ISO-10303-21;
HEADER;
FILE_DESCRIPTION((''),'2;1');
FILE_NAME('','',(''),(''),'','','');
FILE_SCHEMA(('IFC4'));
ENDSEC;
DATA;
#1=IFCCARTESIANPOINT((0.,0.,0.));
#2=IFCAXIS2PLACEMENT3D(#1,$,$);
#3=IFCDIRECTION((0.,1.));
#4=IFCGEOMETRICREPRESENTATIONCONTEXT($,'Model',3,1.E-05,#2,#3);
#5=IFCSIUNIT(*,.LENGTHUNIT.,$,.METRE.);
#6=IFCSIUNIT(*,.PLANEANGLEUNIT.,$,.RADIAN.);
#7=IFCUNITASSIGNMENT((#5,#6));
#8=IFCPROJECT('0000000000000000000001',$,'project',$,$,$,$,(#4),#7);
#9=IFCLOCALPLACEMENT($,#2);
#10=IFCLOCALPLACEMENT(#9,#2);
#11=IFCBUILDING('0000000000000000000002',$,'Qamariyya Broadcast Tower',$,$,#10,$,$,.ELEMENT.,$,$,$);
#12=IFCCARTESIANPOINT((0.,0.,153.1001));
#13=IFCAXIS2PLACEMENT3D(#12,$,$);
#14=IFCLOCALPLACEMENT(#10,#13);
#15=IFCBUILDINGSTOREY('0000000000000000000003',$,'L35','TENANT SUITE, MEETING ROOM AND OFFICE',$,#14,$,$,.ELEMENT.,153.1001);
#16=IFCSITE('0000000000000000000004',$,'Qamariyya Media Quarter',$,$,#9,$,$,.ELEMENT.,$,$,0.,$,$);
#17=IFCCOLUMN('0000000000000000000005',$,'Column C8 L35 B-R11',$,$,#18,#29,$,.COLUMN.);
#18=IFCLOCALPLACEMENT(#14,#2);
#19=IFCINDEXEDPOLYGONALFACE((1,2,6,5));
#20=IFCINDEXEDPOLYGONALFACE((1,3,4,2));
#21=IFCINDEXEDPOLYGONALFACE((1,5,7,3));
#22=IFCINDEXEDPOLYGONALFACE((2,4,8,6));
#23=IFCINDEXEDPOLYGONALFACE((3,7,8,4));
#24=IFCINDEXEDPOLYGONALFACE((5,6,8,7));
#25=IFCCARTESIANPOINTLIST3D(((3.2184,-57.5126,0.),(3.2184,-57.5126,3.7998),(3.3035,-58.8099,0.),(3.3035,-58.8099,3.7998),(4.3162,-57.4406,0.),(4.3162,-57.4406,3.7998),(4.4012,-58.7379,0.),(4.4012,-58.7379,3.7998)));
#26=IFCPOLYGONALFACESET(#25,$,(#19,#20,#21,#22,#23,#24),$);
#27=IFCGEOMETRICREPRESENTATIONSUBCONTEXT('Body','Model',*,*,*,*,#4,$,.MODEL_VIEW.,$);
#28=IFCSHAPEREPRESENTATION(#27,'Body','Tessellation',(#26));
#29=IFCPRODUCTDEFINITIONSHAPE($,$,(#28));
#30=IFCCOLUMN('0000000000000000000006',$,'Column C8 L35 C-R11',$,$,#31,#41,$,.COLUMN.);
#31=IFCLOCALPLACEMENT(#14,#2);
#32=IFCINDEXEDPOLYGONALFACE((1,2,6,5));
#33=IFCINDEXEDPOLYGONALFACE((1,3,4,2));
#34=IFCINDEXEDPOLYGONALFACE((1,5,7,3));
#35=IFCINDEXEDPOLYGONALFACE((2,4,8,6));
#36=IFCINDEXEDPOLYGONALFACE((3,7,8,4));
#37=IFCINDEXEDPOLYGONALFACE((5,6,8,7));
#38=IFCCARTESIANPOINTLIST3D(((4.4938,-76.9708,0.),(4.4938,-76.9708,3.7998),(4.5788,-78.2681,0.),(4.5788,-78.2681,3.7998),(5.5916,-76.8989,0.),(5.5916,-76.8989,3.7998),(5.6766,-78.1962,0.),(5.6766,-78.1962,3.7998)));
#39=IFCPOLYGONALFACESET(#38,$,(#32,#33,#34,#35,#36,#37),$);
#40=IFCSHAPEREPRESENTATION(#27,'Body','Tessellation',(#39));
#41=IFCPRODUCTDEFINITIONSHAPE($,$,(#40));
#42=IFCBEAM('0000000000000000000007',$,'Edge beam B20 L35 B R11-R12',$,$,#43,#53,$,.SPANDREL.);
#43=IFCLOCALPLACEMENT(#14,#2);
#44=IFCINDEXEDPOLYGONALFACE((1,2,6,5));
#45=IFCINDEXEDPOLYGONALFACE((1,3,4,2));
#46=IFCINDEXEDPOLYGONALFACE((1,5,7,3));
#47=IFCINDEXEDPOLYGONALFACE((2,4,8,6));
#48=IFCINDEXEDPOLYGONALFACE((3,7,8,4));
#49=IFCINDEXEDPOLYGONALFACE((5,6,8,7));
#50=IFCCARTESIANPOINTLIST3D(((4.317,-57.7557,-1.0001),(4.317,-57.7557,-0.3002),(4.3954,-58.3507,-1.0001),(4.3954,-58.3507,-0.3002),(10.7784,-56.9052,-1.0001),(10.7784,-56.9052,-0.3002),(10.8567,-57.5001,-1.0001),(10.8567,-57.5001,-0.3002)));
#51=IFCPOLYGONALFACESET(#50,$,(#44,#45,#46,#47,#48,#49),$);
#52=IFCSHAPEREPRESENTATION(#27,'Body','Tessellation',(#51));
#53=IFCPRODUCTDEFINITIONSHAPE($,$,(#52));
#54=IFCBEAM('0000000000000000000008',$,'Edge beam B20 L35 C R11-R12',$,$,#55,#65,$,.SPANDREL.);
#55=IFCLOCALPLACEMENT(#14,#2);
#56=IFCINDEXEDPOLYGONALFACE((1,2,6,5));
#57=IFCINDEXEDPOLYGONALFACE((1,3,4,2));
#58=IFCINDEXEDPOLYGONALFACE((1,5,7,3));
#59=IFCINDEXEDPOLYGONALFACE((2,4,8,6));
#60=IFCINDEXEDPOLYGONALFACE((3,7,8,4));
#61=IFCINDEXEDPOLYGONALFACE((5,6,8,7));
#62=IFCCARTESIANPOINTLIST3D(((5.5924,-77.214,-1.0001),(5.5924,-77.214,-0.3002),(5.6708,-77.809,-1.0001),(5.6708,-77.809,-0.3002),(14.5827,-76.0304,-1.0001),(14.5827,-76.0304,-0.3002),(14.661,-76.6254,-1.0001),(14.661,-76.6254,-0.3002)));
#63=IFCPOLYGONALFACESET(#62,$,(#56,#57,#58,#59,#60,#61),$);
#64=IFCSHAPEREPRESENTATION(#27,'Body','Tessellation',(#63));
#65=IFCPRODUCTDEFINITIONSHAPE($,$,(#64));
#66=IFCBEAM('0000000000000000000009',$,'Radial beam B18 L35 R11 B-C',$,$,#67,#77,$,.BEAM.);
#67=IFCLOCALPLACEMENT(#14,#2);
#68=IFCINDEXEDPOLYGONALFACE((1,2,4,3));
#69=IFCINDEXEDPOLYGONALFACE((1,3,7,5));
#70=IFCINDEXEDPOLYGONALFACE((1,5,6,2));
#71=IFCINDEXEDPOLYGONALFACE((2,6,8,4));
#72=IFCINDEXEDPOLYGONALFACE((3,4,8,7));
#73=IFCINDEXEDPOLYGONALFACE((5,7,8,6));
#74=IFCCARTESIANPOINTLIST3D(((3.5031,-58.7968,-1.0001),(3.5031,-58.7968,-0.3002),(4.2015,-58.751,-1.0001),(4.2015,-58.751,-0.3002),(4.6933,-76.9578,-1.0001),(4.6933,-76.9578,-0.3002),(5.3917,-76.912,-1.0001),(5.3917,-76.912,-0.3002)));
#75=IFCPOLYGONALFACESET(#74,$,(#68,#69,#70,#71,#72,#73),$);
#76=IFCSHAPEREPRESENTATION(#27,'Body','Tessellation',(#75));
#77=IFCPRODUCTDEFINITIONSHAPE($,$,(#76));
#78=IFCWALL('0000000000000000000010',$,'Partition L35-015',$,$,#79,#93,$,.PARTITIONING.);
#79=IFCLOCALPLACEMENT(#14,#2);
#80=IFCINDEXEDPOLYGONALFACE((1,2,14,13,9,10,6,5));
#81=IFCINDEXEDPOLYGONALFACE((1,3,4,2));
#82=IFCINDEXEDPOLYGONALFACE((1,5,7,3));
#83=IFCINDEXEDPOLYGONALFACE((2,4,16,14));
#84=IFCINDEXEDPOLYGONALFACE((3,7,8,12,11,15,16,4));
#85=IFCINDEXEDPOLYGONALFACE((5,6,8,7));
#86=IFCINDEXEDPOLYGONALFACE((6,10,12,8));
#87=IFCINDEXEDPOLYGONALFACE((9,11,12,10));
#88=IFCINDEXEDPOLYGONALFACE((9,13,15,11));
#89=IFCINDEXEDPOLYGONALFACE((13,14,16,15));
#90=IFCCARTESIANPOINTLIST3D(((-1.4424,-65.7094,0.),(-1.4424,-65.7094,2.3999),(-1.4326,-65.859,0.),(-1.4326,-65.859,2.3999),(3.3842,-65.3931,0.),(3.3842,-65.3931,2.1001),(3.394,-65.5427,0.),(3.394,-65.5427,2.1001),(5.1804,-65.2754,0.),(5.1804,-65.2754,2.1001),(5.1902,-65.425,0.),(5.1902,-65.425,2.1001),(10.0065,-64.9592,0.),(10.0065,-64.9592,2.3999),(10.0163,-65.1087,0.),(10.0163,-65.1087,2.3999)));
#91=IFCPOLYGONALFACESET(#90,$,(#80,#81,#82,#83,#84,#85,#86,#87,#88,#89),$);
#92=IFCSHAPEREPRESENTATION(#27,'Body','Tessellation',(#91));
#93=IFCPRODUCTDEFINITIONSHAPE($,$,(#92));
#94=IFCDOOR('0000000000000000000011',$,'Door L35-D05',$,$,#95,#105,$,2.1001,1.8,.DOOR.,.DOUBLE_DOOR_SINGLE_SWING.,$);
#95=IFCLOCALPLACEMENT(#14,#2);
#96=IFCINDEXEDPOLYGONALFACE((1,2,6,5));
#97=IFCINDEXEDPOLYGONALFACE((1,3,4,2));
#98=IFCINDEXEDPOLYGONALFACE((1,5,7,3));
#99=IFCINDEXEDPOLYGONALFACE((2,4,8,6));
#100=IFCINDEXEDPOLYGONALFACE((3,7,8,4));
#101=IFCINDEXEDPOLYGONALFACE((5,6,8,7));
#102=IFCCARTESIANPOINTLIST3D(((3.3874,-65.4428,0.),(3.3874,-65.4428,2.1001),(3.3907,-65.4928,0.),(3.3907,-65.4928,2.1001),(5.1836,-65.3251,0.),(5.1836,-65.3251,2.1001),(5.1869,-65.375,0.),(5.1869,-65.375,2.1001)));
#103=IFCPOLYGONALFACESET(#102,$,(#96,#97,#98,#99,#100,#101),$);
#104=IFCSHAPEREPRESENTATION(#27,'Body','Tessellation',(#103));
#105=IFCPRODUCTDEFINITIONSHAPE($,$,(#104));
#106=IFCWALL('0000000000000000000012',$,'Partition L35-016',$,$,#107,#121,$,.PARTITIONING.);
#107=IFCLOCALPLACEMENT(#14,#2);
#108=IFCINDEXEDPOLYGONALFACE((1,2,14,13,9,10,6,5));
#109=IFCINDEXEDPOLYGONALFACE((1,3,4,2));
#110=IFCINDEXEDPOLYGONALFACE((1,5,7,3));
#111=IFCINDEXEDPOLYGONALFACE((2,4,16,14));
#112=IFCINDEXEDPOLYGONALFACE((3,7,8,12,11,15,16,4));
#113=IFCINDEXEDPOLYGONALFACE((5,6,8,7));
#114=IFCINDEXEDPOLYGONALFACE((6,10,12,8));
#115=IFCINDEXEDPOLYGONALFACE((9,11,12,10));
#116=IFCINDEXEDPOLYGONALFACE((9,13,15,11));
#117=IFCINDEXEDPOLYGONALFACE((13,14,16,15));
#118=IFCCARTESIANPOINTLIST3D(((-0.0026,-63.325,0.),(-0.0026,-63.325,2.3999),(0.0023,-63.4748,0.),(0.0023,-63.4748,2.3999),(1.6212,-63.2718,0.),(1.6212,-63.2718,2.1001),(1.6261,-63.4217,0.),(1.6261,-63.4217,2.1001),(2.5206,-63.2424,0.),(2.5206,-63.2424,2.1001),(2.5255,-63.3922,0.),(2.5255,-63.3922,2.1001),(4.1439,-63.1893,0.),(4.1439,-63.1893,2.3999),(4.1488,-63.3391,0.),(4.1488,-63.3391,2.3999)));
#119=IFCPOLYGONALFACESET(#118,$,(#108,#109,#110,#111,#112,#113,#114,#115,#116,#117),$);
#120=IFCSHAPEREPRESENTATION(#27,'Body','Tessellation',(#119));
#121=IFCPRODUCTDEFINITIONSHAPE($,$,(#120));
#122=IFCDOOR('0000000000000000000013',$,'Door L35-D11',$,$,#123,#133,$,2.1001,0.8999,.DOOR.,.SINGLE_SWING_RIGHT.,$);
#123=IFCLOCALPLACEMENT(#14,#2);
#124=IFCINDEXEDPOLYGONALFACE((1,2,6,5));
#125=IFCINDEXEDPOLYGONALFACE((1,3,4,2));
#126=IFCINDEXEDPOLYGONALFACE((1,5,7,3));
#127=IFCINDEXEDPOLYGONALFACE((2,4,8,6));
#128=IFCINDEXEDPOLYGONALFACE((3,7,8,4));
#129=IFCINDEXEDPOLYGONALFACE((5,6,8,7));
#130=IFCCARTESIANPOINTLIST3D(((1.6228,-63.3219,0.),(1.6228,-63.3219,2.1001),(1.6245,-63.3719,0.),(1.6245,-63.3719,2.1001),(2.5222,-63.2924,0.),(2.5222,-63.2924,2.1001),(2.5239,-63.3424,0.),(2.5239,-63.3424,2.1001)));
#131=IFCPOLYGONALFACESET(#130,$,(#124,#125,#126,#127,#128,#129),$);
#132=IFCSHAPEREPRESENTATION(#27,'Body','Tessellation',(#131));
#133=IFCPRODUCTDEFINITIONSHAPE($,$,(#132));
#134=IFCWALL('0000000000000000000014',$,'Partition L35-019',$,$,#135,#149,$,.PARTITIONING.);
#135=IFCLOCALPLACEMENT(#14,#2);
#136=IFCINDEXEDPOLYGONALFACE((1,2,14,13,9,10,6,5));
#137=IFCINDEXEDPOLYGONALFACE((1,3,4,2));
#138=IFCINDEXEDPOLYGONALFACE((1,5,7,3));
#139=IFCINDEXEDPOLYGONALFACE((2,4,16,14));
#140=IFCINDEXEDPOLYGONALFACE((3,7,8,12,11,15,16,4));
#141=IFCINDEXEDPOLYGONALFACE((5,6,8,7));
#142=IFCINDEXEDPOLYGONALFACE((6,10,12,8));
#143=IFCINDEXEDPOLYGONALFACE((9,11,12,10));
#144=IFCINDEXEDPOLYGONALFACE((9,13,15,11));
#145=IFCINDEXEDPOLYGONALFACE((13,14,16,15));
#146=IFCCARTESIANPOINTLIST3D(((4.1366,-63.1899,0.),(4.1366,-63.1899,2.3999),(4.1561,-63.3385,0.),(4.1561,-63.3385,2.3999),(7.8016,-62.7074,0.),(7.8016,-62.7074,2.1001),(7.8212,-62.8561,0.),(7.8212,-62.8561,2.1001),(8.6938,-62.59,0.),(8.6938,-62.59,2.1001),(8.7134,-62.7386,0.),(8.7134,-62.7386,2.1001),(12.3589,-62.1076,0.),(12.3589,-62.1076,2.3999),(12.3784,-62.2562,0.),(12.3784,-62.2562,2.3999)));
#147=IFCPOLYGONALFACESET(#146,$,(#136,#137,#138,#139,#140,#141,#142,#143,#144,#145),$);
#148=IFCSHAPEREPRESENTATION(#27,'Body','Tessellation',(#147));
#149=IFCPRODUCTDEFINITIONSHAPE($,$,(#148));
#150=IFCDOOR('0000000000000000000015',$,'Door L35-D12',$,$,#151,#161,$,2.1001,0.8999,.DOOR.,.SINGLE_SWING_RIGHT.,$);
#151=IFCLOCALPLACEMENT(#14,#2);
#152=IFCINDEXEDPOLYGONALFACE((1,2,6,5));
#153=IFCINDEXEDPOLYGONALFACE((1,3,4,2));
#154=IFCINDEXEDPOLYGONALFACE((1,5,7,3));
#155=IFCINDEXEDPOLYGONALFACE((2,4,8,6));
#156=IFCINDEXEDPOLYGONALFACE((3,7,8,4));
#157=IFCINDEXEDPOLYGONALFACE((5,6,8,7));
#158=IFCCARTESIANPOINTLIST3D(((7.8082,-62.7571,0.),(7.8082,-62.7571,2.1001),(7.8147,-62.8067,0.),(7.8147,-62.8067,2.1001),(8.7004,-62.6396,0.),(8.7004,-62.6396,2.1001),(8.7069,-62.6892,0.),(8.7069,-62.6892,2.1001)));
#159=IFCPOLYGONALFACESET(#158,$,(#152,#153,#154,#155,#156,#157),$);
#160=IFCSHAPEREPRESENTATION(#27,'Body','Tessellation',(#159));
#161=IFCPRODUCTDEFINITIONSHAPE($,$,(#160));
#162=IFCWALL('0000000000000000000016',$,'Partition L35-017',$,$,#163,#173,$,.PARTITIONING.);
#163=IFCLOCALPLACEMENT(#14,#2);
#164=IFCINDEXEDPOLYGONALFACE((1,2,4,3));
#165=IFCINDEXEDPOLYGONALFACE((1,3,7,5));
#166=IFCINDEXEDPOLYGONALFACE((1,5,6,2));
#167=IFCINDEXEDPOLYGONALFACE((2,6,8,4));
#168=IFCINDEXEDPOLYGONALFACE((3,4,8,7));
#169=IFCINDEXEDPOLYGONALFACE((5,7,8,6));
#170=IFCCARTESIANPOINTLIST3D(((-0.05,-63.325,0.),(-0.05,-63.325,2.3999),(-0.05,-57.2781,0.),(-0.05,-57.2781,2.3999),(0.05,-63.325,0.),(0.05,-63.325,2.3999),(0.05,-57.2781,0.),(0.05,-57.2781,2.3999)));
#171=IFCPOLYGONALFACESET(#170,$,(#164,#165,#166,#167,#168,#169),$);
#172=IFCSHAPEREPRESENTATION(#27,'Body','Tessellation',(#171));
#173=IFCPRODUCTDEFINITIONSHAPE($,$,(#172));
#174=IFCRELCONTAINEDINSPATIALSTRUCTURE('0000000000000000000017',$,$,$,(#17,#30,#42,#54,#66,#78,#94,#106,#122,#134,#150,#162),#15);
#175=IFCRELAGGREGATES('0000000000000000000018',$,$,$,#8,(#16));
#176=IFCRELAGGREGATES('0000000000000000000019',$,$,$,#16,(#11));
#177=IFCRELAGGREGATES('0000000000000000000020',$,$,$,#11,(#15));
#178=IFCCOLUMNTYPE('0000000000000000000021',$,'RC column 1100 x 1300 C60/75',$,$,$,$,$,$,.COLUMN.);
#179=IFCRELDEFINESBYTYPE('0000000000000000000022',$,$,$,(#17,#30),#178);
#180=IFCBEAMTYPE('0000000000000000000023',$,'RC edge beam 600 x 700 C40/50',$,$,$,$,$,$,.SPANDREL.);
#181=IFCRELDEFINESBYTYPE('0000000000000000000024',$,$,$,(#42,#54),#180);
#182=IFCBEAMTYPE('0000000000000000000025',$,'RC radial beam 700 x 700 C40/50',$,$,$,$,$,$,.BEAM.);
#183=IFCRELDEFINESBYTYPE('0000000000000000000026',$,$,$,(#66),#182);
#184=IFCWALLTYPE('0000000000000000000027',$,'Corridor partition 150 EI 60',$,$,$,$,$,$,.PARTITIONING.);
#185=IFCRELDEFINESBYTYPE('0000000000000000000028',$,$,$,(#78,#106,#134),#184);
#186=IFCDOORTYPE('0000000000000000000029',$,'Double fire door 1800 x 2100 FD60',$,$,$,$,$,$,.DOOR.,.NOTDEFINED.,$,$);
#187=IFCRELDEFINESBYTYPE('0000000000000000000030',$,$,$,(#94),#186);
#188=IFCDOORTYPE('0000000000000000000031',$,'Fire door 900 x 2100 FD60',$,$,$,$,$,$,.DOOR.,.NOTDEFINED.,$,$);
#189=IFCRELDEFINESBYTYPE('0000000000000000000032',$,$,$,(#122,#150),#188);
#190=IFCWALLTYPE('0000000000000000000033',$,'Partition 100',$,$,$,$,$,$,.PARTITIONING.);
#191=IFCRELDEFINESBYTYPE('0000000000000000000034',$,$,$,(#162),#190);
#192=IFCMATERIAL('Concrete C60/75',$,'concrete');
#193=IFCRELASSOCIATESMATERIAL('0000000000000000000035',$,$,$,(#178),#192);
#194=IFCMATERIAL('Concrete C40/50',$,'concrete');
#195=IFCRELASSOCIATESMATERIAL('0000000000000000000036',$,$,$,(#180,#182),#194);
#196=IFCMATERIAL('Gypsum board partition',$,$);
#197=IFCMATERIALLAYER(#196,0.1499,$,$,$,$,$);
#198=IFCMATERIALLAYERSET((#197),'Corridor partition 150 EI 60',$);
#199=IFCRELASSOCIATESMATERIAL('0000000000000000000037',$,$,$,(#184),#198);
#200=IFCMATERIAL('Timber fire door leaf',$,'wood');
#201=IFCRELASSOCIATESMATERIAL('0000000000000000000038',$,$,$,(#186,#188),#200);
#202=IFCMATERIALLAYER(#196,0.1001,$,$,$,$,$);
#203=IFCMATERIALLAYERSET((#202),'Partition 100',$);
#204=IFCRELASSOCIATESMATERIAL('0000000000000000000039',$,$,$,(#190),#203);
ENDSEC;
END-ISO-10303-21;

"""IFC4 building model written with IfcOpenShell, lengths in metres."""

from ifc_helpers import new_model, si_unit, direction, frame, frame_2d, origin, origin_2d, place, context, subcontext, project, spatial, rectangle, extrude, material, layer, layer_set, material_profile, profile_set, type_object, element, fill, save


model = new_model("IFC4")

# Units and contexts
model_context = context("Model", 3, precision=1e-05, world=origin(), true_north=direction((0.0, 1.0)))
body_context = subcontext(model_context, "Body", "Model", "MODEL_VIEW")
ifc_project = project(units=[si_unit("LENGTHUNIT", "METRE"), si_unit("PLANEANGLEUNIT", "RADIAN")], contexts=[model_context])

# Site, building, storey
site_placement = place(None, origin())
site = spatial("IfcSite", under=ifc_project, at=site_placement, Name="Qamariyya Media Quarter", CompositionType="ELEMENT", RefElevation=0.0)
building_placement = place(site_placement, origin())
building = spatial("IfcBuilding", under=site, at=building_placement, Name="Qamariyya Broadcast Tower", CompositionType="ELEMENT")
storey_placement = place(building_placement, frame((0.0, 0.0, 153.1001)))
storey = spatial("IfcBuildingStorey", under=building, at=storey_placement, Name="L35", Description="TENANT SUITE, MEETING ROOM AND OFFICE", CompositionType="ELEMENT", Elevation=153.1001)

# Columns
ifc_material_1 = material(Name="Concrete C60/75", Category="concrete")
ifc_material_profile_1 = material_profile(ifc_material_1, rectangle(XDim=1.1001, YDim=1.3, at=origin_2d()))
ifc_profile_set_1 = profile_set([ifc_material_profile_1], Name="Concrete C60/75")
column_type = type_object("IfcColumnType", Name="RC column 1100 x 1300 C60/75", PredefinedType="COLUMN", material=ifc_profile_set_1)
for number, where, z_axis, x_axis, name in (
    (1, (3.8098, -58.1252, 0.0), (0.0, 0.0, 1.0), (0.997859, 0.065403, 0.0), "Column C8 L35 B-R11"),
    (2, (5.0852, -77.5835, 0.0), (0.0, 0.0, 1.0), (0.997859, 0.065403, 0.0), "Column C8 L35 C-R11"),
):
    element("IfcColumn", number, at=place(storey_placement, frame(where, z_axis=z_axis, x_axis=x_axis)), inside=storey, type_object=column_type, Name=name, PredefinedType="COLUMN", context=body_context, shape_type="SweptSolid", body=[
        extrude(rectangle(XDim=1.1001, YDim=1.3, at=origin_2d()), origin(), (0.0, 0.0, 1.0), 3.7998),
    ])

# Beams
ifc_material_2 = material(Name="Concrete C40/50", Category="concrete")
ifc_material_profile_2 = material_profile(ifc_material_2, rectangle(XDim=0.6001, YDim=0.7, at=origin_2d()))
ifc_profile_set_2 = profile_set([ifc_material_profile_2], Name="Concrete C40/50")
beam_type_1 = type_object("IfcBeamType", Name="RC edge beam 600 x 700 C40/50", PredefinedType="SPANDREL", material=ifc_profile_set_2)
beam_1_placement = place(storey_placement, frame((4.3562, -58.0532, -0.6501), z_axis=(0.991446, 0.130515, 0.0), x_axis=(-0.130515, 0.991446, 0.0)))
element("IfcBeam", 3, at=beam_1_placement, inside=storey, type_object=beam_type_1, Name="Edge beam B20 L35 B R11-R12", PredefinedType="SPANDREL", context=body_context, shape_type="SweptSolid", body=[
    extrude(rectangle(XDim=0.6001, YDim=0.7, at=origin_2d()), origin(), (0.0, 0.0, 1.0), 6.5171),
])
beam_2_placement = place(storey_placement, frame((5.6316, -77.5115, -0.6501), z_axis=(0.991445, 0.130527, 0.0), x_axis=(-0.130527, 0.991445, 0.0)))
element("IfcBeam", 4, at=beam_2_placement, inside=storey, type_object=beam_type_1, Name="Edge beam B20 L35 C R11-R12", PredefinedType="SPANDREL", context=body_context, shape_type="SweptSolid", body=[
    extrude(rectangle(XDim=0.6001, YDim=0.7, at=origin_2d()), origin(), (0.0, 0.0, 1.0), 9.0679),
])
ifc_material_profile_3 = material_profile(ifc_material_2, rectangle(XDim=0.7, YDim=0.7, at=origin_2d()))
ifc_profile_set_3 = profile_set([ifc_material_profile_3], Name="Concrete C40/50")
beam_type_2 = type_object("IfcBeamType", Name="RC radial beam 700 x 700 C40/50", PredefinedType="BEAM", material=ifc_profile_set_3)
beam_3_placement = place(storey_placement, frame((3.8523, -58.7739, -0.6501), z_axis=(0.065395, -0.997859, 0.0), x_axis=(0.997859, 0.065395, 0.0)))
element("IfcBeam", 5, at=beam_3_placement, inside=storey, type_object=beam_type_2, Name="Radial beam B18 L35 R11 B-C", PredefinedType="BEAM", context=body_context, shape_type="SweptSolid", body=[
    extrude(rectangle(XDim=0.7, YDim=0.7, at=origin_2d()), origin(), (0.0, 0.0, 1.0), 18.2),
])

# Walls, openings, doors
ifc_material_3 = material(Name="Gypsum board partition")
ifc_layer_1 = layer(ifc_material_3, 0.1499)
ifc_layer_set_1 = layer_set([ifc_layer_1], Name="Corridor partition 150 EI 60")
wall_type_1 = type_object("IfcWallType", Name="Corridor partition 150 EI 60", PredefinedType="PARTITIONING", material=ifc_layer_set_1)
wall_1_placement = place(storey_placement, frame((10.0115, -65.0339, 0.0), z_axis=(0.0, 0.0, 1.0), x_axis=(-0.99786, -0.065391, 0.0)))
wall_1 = element("IfcWall", 6, at=wall_1_placement, inside=storey, type_object=wall_type_1, Name="Partition L35-015", PredefinedType="PARTITIONING", context=body_context, shape_type="SweptSolid", body=[
    extrude(rectangle(XDim=11.4734, YDim=0.1499, at=frame_2d((5.7368, 0.0))), origin(), (0.0, 0.0, 1.0), 2.3999),
])
opening_1_placement = place(wall_1_placement, frame((4.8367, 0.0, 0.0)))
opening_1 = element("IfcOpeningElement", 7, at=opening_1_placement, cuts=wall_1, PredefinedType="OPENING", context=body_context, shape_type="SweptSolid", body=[
    extrude(rectangle(XDim=1.8, YDim=2.1001, at=frame_2d((0.8999, 1.05))), frame((0.0, 0.085, 0.0), z_axis=(0.0, -1.0, 0.0), x_axis=(1.0, 0.0, 0.0)), (0.0, 0.0, 1.0), 0.1699),
])
ifc_material_4 = material(Name="Timber fire door leaf", Category="wood")
door_type_1 = type_object("IfcDoorType", Name="Double fire door 1800 x 2100 FD60", OperationType="NOTDEFINED", PredefinedType="DOOR", material=ifc_material_4)
door_1_placement = place(opening_1_placement, origin())
door_1 = element("IfcDoor", 8, at=door_1_placement, inside=storey, type_object=door_type_1, Name="Door L35-D05", OperationType="DOUBLE_DOOR_SINGLE_SWING", OverallHeight=2.1001, OverallWidth=1.8, PredefinedType="DOOR", context=body_context, shape_type="SweptSolid", body=[
    extrude(rectangle(XDim=1.8, YDim=2.1001, at=frame_2d((0.8999, 1.05))), frame((0.0, 0.0249, 0.0), z_axis=(0.0, -1.0, 0.0), x_axis=(1.0, 0.0, 0.0)), (0.0, 0.0, 1.0), 0.05),
])
fill(opening_1, door_1)
wall_2_placement = place(storey_placement, frame((0.0, -63.3999, 0.0), z_axis=(0.0, 0.0, 1.0), x_axis=(0.999465, 0.032719, 0.0)))
wall_2 = element("IfcWall", 9, at=wall_2_placement, inside=storey, type_object=wall_type_1, Name="Partition L35-016", PredefinedType="PARTITIONING", context=body_context, shape_type="SweptSolid", body=[
    extrude(rectangle(XDim=4.1487, YDim=0.1499, at=frame_2d((2.0742, 0.0))), origin(), (0.0, 0.0, 1.0), 2.3999),
])
opening_2_placement = place(wall_2_placement, frame((1.6245, 0.0, 0.0)))
opening_2 = element("IfcOpeningElement", 10, at=opening_2_placement, cuts=wall_2, PredefinedType="OPENING", context=body_context, shape_type="SweptSolid", body=[
    extrude(rectangle(XDim=0.8999, YDim=2.1001, at=frame_2d((0.45, 1.05))), frame((0.0, 0.085, 0.0), z_axis=(0.0, -1.0, 0.0), x_axis=(1.0, 0.0, 0.0)), (0.0, 0.0, 1.0), 0.1699),
])
door_type_2 = type_object("IfcDoorType", Name="Fire door 900 x 2100 FD60", OperationType="NOTDEFINED", PredefinedType="DOOR", material=ifc_material_4)
door_2_placement = place(opening_2_placement, origin())
door_2 = element("IfcDoor", 11, at=door_2_placement, inside=storey, type_object=door_type_2, Name="Door L35-D11", OperationType="SINGLE_SWING_RIGHT", OverallHeight=2.1001, OverallWidth=0.8999, PredefinedType="DOOR", context=body_context, shape_type="SweptSolid", body=[
    extrude(rectangle(XDim=0.8999, YDim=2.1001, at=frame_2d((0.45, 1.05))), frame((0.0, 0.0249, 0.0), z_axis=(0.0, -1.0, 0.0), x_axis=(1.0, 0.0, 0.0)), (0.0, 0.0, 1.0), 0.05),
])
fill(opening_2, door_2)
wall_3_placement = place(storey_placement, frame((4.1465, -63.2642, 0.0), z_axis=(0.0, 0.0, 1.0), x_axis=(0.991448, 0.130503, 0.0)))
wall_3 = element("IfcWall", 12, at=wall_3_placement, inside=storey, type_object=wall_type_1, Name="Partition L35-019", PredefinedType="PARTITIONING", context=body_context, shape_type="SweptSolid", body=[
    extrude(rectangle(XDim=8.2932, YDim=0.1499, at=frame_2d((4.1465, 0.0))), origin(), (0.0, 0.0, 1.0), 2.3999),
])
opening_3_placement = place(wall_3_placement, frame((3.6965, 0.0, 0.0)))
opening_3 = element("IfcOpeningElement", 13, at=opening_3_placement, cuts=wall_3, PredefinedType="OPENING", context=body_context, shape_type="SweptSolid", body=[
    extrude(rectangle(XDim=0.8999, YDim=2.1001, at=frame_2d((0.45, 1.05))), frame((0.0, 0.085, 0.0), z_axis=(0.0, -1.0, 0.0), x_axis=(1.0, 0.0, 0.0)), (0.0, 0.0, 1.0), 0.1699),
])
door_3_placement = place(opening_3_placement, origin())
door_3 = element("IfcDoor", 14, at=door_3_placement, inside=storey, type_object=door_type_2, Name="Door L35-D12", OperationType="SINGLE_SWING_RIGHT", OverallHeight=2.1001, OverallWidth=0.8999, PredefinedType="DOOR", context=body_context, shape_type="SweptSolid", body=[
    extrude(rectangle(XDim=0.8999, YDim=2.1001, at=frame_2d((0.45, 1.05))), frame((0.0, 0.0249, 0.0), z_axis=(0.0, -1.0, 0.0), x_axis=(1.0, 0.0, 0.0)), (0.0, 0.0, 1.0), 0.05),
])
fill(opening_3, door_3)

# Wall
ifc_layer_2 = layer(ifc_material_3, 0.1001)
ifc_layer_set_2 = layer_set([ifc_layer_2], Name="Partition 100")
wall_type_2 = type_object("IfcWallType", Name="Partition 100", PredefinedType="PARTITIONING", material=ifc_layer_set_2)
wall_4_placement = place(storey_placement, frame((0.0, -57.2781, 0.0), z_axis=(0.0, 0.0, 1.0), x_axis=(0.0, -1.0, 0.0)))
element("IfcWall", 15, at=wall_4_placement, inside=storey, type_object=wall_type_2, Name="Partition L35-017", PredefinedType="PARTITIONING", context=body_context, shape_type="SweptSolid", body=[
    extrude(rectangle(XDim=6.0469, YDim=0.1001, at=frame_2d((3.0234, 0.0))), origin(), (0.0, 0.0, 1.0), 2.3999),
])

save(model, "model.ifc")
